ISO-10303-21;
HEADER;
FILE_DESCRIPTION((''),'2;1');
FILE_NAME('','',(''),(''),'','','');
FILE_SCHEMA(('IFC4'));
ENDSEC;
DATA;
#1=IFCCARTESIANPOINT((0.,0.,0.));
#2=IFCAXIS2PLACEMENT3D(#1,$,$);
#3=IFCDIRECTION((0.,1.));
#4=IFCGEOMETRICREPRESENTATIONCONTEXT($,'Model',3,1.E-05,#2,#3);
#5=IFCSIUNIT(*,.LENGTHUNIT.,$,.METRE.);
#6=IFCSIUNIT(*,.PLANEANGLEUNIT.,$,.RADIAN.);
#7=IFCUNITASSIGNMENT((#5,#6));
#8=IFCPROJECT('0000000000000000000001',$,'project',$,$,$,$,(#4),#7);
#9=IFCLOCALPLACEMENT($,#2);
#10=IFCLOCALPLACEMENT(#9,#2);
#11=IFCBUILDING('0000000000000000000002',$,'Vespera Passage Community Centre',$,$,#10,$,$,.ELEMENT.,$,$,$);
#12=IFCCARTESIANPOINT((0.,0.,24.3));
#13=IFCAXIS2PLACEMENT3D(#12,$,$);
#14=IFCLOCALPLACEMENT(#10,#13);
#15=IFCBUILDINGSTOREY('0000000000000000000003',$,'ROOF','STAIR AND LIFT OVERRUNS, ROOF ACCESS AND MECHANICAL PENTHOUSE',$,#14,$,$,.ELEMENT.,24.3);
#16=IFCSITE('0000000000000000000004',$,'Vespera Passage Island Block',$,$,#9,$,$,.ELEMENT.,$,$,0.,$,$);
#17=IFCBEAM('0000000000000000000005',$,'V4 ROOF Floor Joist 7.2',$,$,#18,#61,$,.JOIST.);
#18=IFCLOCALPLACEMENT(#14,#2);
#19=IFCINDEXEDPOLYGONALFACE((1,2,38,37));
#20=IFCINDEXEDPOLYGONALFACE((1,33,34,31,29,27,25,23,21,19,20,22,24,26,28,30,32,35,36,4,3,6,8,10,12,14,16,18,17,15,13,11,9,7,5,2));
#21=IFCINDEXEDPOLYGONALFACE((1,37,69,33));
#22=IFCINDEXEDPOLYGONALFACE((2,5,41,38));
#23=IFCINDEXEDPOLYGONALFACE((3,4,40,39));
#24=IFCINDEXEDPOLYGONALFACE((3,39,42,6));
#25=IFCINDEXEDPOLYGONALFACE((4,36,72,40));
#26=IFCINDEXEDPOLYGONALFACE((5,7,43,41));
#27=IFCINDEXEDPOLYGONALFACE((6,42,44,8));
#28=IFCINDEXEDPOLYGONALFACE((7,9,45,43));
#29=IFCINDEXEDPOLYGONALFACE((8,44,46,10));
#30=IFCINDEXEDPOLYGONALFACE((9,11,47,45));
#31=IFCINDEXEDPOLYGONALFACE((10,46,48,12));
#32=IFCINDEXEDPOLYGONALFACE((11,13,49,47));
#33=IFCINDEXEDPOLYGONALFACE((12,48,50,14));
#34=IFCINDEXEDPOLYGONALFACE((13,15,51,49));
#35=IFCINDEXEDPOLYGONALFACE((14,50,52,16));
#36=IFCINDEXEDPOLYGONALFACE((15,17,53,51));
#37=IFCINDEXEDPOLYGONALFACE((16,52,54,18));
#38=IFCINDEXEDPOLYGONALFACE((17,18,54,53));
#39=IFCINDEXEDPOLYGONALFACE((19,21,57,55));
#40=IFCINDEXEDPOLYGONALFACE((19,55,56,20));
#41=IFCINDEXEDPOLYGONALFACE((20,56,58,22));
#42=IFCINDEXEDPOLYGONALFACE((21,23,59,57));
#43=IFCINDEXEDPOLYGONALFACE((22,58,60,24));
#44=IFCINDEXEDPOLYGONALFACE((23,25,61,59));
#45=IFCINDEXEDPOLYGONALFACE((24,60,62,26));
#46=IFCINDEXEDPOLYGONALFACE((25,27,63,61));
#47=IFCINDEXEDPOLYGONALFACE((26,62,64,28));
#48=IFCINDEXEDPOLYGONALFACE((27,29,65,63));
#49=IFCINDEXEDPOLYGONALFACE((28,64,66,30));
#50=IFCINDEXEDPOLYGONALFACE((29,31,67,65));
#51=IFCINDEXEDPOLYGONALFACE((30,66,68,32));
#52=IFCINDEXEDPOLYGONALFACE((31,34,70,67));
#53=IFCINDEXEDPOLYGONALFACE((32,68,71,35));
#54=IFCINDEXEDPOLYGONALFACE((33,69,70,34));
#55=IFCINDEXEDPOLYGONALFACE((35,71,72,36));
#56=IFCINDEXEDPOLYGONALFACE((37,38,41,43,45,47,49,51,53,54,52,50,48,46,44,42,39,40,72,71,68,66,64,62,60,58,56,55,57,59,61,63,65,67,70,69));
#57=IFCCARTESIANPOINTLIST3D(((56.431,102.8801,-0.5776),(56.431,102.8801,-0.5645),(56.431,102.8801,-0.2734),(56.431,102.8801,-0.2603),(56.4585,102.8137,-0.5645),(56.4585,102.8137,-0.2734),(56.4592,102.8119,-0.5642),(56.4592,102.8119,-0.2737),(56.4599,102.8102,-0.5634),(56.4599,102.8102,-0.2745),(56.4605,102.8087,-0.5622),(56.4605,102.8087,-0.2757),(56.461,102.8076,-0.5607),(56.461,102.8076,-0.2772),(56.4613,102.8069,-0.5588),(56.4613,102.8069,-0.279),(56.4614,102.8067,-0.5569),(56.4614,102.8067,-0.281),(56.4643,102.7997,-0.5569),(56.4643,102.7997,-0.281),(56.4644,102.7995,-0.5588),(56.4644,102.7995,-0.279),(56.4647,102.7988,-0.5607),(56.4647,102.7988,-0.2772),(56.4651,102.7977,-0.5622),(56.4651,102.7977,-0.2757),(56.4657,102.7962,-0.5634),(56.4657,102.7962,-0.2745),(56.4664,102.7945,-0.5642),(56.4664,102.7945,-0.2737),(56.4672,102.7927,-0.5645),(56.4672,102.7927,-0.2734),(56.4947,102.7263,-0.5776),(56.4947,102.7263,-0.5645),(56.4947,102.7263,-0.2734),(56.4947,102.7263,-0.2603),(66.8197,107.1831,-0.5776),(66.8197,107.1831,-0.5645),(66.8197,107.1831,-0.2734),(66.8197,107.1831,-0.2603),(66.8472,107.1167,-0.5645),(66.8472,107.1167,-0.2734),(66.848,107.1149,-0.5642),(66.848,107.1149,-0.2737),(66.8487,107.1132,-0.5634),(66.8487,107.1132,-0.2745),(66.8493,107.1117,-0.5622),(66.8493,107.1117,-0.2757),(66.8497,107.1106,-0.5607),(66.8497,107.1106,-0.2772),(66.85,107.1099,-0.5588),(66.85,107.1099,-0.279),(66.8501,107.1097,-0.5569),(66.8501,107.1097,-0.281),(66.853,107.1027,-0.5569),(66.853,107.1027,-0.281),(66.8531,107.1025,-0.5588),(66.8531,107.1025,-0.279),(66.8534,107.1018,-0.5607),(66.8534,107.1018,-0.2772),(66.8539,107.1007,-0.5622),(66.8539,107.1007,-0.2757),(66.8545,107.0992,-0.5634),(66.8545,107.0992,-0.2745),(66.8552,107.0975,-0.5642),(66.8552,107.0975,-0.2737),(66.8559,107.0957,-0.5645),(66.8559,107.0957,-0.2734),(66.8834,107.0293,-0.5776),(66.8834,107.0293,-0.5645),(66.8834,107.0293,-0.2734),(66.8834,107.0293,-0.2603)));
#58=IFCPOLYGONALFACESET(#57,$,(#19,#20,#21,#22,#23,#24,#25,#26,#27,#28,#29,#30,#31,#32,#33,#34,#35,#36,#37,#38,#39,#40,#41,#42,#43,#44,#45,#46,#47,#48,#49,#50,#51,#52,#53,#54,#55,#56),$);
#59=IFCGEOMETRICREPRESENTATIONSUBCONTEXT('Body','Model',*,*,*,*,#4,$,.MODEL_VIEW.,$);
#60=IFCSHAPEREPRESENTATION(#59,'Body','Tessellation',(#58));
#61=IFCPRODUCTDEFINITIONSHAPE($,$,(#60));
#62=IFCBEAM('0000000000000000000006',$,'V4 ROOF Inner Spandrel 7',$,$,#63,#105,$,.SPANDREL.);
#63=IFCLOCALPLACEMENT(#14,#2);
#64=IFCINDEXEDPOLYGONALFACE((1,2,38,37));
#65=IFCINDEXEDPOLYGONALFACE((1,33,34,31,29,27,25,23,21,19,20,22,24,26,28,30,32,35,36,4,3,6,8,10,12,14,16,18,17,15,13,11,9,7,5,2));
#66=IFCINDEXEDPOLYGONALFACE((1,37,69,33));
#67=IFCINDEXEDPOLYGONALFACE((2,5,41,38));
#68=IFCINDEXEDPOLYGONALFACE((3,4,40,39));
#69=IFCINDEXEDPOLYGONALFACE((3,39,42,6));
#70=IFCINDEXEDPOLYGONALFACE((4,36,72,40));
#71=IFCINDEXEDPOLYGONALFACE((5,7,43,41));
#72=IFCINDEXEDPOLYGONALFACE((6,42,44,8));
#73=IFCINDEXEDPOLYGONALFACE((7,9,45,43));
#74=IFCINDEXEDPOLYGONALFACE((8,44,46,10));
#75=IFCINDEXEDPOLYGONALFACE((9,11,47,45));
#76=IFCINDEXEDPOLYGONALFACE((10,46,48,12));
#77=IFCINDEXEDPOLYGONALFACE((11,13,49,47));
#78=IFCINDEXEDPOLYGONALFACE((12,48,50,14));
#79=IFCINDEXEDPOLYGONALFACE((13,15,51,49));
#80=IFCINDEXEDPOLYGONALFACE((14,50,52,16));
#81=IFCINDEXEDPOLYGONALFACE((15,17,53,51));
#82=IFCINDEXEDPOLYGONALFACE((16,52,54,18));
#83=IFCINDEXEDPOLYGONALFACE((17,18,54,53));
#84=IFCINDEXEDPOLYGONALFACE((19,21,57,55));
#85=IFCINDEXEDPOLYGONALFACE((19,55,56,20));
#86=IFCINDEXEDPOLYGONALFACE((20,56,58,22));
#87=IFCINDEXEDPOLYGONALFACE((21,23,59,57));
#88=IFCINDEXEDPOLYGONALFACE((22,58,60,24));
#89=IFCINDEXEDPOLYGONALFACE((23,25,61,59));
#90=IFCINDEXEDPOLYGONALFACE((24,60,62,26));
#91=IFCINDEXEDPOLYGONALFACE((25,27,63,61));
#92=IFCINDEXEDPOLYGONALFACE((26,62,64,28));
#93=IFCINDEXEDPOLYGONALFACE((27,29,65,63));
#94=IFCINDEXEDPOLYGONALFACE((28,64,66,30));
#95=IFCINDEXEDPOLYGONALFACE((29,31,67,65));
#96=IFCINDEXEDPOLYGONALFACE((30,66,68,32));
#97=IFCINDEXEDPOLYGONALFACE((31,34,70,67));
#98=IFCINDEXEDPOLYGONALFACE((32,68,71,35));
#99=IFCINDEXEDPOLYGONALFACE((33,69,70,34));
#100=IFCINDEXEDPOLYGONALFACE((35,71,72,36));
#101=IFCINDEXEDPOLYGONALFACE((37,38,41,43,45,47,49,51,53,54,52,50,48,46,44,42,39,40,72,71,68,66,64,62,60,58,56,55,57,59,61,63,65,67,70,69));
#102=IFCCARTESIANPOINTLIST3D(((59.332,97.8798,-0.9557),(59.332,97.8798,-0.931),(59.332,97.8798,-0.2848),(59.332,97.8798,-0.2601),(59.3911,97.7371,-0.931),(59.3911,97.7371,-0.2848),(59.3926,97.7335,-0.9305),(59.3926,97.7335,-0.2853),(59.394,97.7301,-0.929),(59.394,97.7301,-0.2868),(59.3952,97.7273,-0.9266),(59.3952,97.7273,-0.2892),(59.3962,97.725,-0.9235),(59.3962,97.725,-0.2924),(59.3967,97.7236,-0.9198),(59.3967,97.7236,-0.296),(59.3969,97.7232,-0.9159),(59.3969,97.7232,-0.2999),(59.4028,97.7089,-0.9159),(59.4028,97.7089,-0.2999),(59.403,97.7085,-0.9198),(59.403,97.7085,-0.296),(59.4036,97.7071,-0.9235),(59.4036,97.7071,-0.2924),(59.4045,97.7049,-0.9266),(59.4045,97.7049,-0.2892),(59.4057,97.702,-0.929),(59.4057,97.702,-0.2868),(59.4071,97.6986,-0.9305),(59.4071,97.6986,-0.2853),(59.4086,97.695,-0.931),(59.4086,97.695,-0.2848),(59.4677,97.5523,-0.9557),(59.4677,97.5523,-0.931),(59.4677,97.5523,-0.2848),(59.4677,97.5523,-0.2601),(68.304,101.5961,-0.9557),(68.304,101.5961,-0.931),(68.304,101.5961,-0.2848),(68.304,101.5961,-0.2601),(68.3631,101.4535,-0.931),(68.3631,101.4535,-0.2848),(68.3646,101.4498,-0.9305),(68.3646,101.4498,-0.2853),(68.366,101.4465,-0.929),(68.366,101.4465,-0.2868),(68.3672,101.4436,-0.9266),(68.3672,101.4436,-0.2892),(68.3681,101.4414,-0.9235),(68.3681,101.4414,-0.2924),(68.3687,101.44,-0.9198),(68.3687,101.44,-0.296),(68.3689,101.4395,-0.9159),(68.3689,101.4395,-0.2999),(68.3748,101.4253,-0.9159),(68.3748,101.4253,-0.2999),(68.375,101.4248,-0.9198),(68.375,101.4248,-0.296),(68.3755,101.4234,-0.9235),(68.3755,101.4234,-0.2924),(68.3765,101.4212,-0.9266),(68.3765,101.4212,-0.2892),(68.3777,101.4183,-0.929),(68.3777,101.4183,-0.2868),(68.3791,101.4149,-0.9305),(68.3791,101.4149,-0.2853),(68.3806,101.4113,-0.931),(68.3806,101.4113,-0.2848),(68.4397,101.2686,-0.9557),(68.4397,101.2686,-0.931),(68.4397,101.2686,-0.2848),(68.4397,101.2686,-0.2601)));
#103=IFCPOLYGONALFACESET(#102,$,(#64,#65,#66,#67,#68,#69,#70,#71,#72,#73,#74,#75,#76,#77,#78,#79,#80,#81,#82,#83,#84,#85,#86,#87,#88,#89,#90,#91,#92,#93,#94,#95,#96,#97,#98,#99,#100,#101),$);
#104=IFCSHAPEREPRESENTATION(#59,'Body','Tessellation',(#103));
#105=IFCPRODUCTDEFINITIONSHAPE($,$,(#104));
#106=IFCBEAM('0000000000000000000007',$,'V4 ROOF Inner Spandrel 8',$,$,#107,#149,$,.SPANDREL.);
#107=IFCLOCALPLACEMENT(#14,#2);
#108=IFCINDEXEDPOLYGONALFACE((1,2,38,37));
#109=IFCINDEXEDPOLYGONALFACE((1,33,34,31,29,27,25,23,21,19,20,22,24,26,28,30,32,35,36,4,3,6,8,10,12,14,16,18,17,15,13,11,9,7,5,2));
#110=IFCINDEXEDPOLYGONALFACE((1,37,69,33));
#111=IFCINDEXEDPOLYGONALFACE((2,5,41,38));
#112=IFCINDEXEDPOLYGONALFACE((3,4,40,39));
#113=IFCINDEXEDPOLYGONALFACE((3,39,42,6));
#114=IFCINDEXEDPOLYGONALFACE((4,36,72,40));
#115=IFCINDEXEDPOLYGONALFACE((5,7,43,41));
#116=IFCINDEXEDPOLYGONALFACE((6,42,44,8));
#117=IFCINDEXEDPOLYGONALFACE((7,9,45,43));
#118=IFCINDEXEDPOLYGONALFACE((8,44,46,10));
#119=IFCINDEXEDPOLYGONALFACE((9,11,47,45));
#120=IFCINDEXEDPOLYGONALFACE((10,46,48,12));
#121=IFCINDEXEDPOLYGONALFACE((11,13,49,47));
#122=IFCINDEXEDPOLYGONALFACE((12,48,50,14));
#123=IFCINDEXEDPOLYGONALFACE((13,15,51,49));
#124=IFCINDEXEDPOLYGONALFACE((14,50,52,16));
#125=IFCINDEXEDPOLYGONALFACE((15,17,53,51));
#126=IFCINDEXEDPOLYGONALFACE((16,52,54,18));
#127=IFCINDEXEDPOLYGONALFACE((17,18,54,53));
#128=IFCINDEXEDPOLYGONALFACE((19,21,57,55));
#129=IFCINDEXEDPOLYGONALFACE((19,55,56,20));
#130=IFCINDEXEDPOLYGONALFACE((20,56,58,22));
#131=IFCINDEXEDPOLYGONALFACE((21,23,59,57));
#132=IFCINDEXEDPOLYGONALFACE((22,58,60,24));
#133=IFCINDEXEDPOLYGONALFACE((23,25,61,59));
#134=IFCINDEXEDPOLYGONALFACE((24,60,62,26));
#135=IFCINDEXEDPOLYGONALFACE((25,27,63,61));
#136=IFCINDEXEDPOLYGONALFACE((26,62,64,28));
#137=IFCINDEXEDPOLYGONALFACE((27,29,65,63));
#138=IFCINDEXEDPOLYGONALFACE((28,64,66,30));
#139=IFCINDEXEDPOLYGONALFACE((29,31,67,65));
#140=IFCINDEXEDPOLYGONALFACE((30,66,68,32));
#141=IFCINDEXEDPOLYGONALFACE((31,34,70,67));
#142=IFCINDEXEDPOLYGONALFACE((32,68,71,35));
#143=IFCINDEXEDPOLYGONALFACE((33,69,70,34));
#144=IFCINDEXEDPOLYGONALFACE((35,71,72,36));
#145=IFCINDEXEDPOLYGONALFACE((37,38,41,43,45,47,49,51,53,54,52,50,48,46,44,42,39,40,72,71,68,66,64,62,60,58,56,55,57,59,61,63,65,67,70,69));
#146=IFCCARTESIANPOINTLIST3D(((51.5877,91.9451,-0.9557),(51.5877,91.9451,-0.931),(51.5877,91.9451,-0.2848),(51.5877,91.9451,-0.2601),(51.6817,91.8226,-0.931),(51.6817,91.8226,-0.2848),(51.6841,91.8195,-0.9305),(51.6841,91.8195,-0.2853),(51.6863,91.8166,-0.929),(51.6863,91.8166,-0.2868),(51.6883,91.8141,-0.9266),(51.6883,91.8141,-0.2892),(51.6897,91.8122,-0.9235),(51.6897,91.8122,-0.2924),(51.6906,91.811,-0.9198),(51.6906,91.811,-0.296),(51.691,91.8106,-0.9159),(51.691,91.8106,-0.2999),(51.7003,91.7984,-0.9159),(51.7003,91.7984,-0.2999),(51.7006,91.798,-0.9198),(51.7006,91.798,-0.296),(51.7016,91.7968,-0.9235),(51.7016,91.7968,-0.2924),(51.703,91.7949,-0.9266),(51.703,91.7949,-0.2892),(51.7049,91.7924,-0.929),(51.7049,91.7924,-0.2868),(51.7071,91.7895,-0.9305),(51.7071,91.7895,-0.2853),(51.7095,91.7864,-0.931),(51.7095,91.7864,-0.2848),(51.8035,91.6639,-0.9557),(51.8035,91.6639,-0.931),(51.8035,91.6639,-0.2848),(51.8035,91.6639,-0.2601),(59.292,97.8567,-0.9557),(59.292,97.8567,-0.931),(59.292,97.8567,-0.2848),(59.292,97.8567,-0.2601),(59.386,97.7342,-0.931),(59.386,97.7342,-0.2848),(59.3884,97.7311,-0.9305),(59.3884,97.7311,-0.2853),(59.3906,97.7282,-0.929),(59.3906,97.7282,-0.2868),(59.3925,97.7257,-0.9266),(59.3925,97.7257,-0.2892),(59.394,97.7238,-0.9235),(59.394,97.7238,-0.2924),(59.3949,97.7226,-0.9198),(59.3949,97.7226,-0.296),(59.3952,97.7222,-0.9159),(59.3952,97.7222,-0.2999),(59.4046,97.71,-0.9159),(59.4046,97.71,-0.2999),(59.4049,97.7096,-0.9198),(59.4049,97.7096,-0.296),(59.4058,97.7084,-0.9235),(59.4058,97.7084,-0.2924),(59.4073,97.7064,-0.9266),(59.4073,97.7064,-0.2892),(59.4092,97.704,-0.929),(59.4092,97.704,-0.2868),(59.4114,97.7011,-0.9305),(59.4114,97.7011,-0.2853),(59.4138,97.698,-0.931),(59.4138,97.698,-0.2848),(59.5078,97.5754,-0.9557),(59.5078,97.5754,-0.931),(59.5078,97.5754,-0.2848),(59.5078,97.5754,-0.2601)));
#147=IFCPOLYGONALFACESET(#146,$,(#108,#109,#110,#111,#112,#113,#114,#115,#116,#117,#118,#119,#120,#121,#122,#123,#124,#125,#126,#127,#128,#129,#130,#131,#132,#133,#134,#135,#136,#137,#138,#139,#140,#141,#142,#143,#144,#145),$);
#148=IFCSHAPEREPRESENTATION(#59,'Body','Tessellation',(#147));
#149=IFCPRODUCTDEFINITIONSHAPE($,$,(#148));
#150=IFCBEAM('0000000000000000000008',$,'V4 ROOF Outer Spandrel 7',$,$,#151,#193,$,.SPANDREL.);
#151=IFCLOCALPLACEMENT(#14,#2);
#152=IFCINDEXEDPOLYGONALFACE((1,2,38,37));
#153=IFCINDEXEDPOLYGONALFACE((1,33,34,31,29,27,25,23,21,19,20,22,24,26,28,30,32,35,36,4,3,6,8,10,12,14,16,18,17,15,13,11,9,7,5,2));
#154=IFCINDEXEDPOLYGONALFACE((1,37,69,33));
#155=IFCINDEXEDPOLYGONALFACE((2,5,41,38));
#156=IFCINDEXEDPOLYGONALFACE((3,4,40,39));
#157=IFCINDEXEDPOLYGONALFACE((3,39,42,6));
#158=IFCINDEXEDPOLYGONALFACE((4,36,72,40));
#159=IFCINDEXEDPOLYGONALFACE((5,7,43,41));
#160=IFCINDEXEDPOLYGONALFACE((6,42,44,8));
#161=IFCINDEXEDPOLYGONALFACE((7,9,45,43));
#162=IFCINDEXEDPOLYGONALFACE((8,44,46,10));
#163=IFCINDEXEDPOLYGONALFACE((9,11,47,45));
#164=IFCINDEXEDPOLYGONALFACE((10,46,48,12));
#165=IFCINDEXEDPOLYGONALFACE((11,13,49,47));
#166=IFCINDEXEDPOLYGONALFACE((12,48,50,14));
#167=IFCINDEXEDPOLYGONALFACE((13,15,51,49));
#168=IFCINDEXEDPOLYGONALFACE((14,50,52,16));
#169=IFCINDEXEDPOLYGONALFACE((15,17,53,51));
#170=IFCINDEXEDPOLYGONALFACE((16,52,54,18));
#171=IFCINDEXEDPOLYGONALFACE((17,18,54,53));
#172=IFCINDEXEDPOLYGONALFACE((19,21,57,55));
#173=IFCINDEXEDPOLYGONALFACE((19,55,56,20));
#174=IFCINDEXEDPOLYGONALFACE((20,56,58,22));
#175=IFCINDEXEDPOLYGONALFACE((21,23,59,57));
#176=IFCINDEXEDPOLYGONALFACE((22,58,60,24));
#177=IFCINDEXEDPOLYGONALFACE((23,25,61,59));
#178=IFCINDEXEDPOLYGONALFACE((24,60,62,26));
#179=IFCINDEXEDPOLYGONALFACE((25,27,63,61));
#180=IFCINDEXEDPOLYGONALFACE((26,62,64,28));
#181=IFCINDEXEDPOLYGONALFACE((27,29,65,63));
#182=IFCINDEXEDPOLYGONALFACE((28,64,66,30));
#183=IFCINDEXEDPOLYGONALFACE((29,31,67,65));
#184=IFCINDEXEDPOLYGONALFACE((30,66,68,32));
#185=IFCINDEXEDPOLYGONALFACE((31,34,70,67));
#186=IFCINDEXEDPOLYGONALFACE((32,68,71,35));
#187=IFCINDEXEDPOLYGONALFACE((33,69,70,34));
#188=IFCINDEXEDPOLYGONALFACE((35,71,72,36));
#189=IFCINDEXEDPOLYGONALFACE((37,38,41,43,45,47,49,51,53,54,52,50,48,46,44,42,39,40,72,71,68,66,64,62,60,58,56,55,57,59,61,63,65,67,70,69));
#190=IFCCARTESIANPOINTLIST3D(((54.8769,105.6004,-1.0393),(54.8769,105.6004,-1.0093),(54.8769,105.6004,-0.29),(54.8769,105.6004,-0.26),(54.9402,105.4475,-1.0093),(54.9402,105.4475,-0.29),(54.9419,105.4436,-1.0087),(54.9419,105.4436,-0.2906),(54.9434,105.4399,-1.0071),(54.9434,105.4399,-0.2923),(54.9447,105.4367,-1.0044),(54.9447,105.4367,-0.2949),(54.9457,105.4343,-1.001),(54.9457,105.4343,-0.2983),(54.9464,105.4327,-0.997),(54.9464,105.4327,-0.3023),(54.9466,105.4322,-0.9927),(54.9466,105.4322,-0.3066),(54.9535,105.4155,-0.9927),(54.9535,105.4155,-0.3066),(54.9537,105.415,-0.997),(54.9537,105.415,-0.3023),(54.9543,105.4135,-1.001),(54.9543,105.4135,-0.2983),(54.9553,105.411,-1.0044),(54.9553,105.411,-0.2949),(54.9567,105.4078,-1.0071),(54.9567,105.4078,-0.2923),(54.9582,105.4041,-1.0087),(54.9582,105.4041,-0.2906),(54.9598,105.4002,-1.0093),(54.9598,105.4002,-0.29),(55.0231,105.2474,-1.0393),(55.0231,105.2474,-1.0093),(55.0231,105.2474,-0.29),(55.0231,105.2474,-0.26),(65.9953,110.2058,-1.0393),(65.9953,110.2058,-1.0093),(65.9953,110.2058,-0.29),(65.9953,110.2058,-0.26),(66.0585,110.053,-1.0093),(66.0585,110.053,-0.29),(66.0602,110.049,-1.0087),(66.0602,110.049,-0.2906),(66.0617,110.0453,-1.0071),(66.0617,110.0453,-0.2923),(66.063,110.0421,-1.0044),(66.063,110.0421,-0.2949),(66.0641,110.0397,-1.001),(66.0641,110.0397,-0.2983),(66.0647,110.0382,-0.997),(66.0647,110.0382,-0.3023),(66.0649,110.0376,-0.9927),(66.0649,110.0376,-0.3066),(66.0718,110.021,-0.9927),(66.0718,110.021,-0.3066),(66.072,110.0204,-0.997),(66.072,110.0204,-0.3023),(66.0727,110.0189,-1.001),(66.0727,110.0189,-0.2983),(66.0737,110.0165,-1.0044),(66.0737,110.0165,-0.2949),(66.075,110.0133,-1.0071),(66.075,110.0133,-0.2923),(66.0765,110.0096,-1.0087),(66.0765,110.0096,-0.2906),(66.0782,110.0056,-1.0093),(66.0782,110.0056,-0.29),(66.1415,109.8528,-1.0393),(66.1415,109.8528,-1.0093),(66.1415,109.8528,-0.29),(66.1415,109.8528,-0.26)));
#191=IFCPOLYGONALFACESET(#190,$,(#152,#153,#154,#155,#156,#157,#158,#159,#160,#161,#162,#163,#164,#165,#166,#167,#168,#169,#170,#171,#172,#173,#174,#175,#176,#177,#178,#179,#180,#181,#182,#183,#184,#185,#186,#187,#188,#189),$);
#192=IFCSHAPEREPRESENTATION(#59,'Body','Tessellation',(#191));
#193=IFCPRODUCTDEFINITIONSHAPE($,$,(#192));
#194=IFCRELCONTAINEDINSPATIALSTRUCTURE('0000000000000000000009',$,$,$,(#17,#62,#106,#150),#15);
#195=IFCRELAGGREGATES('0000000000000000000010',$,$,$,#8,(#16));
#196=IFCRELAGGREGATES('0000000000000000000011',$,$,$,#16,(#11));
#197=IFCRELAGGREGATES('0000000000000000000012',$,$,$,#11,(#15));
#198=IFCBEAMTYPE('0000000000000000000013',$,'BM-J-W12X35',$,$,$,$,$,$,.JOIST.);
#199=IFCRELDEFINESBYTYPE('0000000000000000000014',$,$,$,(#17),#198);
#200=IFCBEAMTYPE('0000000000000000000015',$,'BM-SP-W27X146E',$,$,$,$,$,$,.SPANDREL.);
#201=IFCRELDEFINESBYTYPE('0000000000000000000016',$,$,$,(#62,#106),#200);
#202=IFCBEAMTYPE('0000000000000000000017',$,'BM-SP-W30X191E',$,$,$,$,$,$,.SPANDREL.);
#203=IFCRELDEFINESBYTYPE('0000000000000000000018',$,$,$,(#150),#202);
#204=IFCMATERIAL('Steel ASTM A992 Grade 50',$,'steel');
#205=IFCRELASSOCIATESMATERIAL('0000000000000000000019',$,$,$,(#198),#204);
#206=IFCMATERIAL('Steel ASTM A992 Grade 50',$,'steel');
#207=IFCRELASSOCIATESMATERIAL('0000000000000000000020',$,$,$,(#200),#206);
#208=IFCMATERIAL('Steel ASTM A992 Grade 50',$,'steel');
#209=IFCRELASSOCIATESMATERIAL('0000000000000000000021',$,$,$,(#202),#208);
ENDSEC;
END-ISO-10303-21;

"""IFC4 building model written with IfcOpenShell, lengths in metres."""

from ifc_helpers import new_model, si_unit, direction, frame, origin, origin_2d, place, context, subcontext, project, spatial, i_section, extrude, material, material_profile, profile_set, type_object, element, save


model = new_model("IFC4")

# Units and contexts
model_context = context("Model", 3, precision=1e-05, world=origin(), true_north=direction((0.0, 1.0)))
body_context = subcontext(model_context, "Body", "Model", "MODEL_VIEW")
ifc_project = project(units=[si_unit("LENGTHUNIT", "METRE"), si_unit("PLANEANGLEUNIT", "RADIAN")], contexts=[model_context])

# Site, building, storey
site_placement = place(None, origin())
site = spatial("IfcSite", under=ifc_project, at=site_placement, Name="Vespera Passage Island Block", CompositionType="ELEMENT", RefElevation=0.0)
building_placement = place(site_placement, origin())
building = spatial("IfcBuilding", under=site, at=building_placement, Name="Vespera Passage Community Centre", CompositionType="ELEMENT")
storey_placement = place(building_placement, frame((0.0, 0.0, 24.3)))
storey = spatial("IfcBuildingStorey", under=building, at=storey_placement, Name="ROOF", Description="STAIR AND LIFT OVERRUNS, ROOF ACCESS AND MECHANICAL PENTHOUSE", CompositionType="ELEMENT", Elevation=24.3)

# Beams
ifc_material_1 = material(Name="Steel ASTM A992 Grade 50", Category="steel")
ifc_material_profile_1 = material_profile(ifc_material_1, i_section(OverallWidth=0.1665, OverallDepth=0.3174, WebThickness=0.0076, FlangeThickness=0.0132, FilletRadius=0.0076, at=origin_2d()), Name="W12X35")
ifc_profile_set_1 = profile_set([ifc_material_profile_1], Name="Steel ASTM A992 Grade 50")
beam_type_1 = type_object("IfcBeamType", Name="BM-J-W12X35", PredefinedType="JOIST", material=ifc_profile_set_1)
beam_1_placement = place(storey_placement, frame((66.8516, 107.1062, -0.4189), z_axis=(-0.923884, -0.382672, 0.0), x_axis=(0.382672, -0.923884, 0.0)))
element("IfcBeam", 1, at=beam_1_placement, inside=storey, type_object=beam_type_1, Name="V4 ROOF Floor Joist 7.2", PredefinedType="JOIST", context=body_context, shape_type="SweptSolid", body=[
    extrude(i_section(OverallWidth=0.1665, OverallDepth=0.3174, WebThickness=0.0076, FlangeThickness=0.0132, FilletRadius=0.0076, at=origin_2d()), origin(), (0.0, 0.0, 1.0), 11.2446),
])
ifc_material_2 = material(Name="Steel ASTM A992 Grade 50", Category="steel")
ifc_material_profile_2 = material_profile(ifc_material_2, i_section(OverallWidth=0.3545, OverallDepth=0.6956, WebThickness=0.0154, FlangeThickness=0.0247, FilletRadius=0.0151, at=origin_2d()), Name="W27X146")
ifc_profile_set_2 = profile_set([ifc_material_profile_2], Name="Steel ASTM A992 Grade 50")
beam_type_2 = type_object("IfcBeamType", Name="BM-SP-W27X146E", PredefinedType="SPANDREL", material=ifc_profile_set_2)
beam_2_placement = place(storey_placement, frame((68.3718, 101.4324, -0.6079), z_axis=(-0.923879, -0.382685, 0.0), x_axis=(0.382685, -0.923879, 0.0)))
element("IfcBeam", 2, at=beam_2_placement, inside=storey, type_object=beam_type_2, Name="V4 ROOF Inner Spandrel 7", PredefinedType="SPANDREL", context=body_context, shape_type="SweptSolid", body=[
    extrude(i_section(OverallWidth=0.3545, OverallDepth=0.6956, WebThickness=0.0154, FlangeThickness=0.0247, FilletRadius=0.0151, at=origin_2d()), origin(), (0.0, 0.0, 1.0), 9.7112),
])
beam_3_placement = place(storey_placement, frame((59.3999, 97.7161, -0.6079), z_axis=(-0.79336, -0.608753, 0.0), x_axis=(0.608753, -0.79336, 0.0)))
element("IfcBeam", 3, at=beam_3_placement, inside=storey, type_object=beam_type_2, Name="V4 ROOF Inner Spandrel 8", PredefinedType="SPANDREL", context=body_context, shape_type="SweptSolid", body=[
    extrude(i_section(OverallWidth=0.3545, OverallDepth=0.6956, WebThickness=0.0154, FlangeThickness=0.0247, FilletRadius=0.0151, at=origin_2d()), origin(), (0.0, 0.0, 1.0), 9.7109),
])
ifc_material_3 = material(Name="Steel ASTM A992 Grade 50", Category="steel")
ifc_material_profile_3 = material_profile(ifc_material_3, i_section(OverallWidth=0.3821, OverallDepth=0.7793, WebThickness=0.0181, FlangeThickness=0.03, FilletRadius=0.0166, at=origin_2d()), Name="W30X191")
ifc_profile_set_3 = profile_set([ifc_material_profile_3], Name="Steel ASTM A992 Grade 50")
beam_type_3 = type_object("IfcBeamType", Name="BM-SP-W30X191E", PredefinedType="SPANDREL", material=ifc_profile_set_3)
beam_4_placement = place(storey_placement, frame((66.0684, 110.0293, -0.6497), z_axis=(-0.923877, -0.382689, 0.0), x_axis=(0.382689, -0.923877, 0.0)))
element("IfcBeam", 4, at=beam_4_placement, inside=storey, type_object=beam_type_3, Name="V4 ROOF Outer Spandrel 7", PredefinedType="SPANDREL", context=body_context, shape_type="SweptSolid", body=[
    extrude(i_section(OverallWidth=0.3821, OverallDepth=0.7793, WebThickness=0.0181, FlangeThickness=0.03, FilletRadius=0.0166, at=origin_2d()), origin(), (0.0, 0.0, 1.0), 12.0344),
])

save(model, "model.ifc")
